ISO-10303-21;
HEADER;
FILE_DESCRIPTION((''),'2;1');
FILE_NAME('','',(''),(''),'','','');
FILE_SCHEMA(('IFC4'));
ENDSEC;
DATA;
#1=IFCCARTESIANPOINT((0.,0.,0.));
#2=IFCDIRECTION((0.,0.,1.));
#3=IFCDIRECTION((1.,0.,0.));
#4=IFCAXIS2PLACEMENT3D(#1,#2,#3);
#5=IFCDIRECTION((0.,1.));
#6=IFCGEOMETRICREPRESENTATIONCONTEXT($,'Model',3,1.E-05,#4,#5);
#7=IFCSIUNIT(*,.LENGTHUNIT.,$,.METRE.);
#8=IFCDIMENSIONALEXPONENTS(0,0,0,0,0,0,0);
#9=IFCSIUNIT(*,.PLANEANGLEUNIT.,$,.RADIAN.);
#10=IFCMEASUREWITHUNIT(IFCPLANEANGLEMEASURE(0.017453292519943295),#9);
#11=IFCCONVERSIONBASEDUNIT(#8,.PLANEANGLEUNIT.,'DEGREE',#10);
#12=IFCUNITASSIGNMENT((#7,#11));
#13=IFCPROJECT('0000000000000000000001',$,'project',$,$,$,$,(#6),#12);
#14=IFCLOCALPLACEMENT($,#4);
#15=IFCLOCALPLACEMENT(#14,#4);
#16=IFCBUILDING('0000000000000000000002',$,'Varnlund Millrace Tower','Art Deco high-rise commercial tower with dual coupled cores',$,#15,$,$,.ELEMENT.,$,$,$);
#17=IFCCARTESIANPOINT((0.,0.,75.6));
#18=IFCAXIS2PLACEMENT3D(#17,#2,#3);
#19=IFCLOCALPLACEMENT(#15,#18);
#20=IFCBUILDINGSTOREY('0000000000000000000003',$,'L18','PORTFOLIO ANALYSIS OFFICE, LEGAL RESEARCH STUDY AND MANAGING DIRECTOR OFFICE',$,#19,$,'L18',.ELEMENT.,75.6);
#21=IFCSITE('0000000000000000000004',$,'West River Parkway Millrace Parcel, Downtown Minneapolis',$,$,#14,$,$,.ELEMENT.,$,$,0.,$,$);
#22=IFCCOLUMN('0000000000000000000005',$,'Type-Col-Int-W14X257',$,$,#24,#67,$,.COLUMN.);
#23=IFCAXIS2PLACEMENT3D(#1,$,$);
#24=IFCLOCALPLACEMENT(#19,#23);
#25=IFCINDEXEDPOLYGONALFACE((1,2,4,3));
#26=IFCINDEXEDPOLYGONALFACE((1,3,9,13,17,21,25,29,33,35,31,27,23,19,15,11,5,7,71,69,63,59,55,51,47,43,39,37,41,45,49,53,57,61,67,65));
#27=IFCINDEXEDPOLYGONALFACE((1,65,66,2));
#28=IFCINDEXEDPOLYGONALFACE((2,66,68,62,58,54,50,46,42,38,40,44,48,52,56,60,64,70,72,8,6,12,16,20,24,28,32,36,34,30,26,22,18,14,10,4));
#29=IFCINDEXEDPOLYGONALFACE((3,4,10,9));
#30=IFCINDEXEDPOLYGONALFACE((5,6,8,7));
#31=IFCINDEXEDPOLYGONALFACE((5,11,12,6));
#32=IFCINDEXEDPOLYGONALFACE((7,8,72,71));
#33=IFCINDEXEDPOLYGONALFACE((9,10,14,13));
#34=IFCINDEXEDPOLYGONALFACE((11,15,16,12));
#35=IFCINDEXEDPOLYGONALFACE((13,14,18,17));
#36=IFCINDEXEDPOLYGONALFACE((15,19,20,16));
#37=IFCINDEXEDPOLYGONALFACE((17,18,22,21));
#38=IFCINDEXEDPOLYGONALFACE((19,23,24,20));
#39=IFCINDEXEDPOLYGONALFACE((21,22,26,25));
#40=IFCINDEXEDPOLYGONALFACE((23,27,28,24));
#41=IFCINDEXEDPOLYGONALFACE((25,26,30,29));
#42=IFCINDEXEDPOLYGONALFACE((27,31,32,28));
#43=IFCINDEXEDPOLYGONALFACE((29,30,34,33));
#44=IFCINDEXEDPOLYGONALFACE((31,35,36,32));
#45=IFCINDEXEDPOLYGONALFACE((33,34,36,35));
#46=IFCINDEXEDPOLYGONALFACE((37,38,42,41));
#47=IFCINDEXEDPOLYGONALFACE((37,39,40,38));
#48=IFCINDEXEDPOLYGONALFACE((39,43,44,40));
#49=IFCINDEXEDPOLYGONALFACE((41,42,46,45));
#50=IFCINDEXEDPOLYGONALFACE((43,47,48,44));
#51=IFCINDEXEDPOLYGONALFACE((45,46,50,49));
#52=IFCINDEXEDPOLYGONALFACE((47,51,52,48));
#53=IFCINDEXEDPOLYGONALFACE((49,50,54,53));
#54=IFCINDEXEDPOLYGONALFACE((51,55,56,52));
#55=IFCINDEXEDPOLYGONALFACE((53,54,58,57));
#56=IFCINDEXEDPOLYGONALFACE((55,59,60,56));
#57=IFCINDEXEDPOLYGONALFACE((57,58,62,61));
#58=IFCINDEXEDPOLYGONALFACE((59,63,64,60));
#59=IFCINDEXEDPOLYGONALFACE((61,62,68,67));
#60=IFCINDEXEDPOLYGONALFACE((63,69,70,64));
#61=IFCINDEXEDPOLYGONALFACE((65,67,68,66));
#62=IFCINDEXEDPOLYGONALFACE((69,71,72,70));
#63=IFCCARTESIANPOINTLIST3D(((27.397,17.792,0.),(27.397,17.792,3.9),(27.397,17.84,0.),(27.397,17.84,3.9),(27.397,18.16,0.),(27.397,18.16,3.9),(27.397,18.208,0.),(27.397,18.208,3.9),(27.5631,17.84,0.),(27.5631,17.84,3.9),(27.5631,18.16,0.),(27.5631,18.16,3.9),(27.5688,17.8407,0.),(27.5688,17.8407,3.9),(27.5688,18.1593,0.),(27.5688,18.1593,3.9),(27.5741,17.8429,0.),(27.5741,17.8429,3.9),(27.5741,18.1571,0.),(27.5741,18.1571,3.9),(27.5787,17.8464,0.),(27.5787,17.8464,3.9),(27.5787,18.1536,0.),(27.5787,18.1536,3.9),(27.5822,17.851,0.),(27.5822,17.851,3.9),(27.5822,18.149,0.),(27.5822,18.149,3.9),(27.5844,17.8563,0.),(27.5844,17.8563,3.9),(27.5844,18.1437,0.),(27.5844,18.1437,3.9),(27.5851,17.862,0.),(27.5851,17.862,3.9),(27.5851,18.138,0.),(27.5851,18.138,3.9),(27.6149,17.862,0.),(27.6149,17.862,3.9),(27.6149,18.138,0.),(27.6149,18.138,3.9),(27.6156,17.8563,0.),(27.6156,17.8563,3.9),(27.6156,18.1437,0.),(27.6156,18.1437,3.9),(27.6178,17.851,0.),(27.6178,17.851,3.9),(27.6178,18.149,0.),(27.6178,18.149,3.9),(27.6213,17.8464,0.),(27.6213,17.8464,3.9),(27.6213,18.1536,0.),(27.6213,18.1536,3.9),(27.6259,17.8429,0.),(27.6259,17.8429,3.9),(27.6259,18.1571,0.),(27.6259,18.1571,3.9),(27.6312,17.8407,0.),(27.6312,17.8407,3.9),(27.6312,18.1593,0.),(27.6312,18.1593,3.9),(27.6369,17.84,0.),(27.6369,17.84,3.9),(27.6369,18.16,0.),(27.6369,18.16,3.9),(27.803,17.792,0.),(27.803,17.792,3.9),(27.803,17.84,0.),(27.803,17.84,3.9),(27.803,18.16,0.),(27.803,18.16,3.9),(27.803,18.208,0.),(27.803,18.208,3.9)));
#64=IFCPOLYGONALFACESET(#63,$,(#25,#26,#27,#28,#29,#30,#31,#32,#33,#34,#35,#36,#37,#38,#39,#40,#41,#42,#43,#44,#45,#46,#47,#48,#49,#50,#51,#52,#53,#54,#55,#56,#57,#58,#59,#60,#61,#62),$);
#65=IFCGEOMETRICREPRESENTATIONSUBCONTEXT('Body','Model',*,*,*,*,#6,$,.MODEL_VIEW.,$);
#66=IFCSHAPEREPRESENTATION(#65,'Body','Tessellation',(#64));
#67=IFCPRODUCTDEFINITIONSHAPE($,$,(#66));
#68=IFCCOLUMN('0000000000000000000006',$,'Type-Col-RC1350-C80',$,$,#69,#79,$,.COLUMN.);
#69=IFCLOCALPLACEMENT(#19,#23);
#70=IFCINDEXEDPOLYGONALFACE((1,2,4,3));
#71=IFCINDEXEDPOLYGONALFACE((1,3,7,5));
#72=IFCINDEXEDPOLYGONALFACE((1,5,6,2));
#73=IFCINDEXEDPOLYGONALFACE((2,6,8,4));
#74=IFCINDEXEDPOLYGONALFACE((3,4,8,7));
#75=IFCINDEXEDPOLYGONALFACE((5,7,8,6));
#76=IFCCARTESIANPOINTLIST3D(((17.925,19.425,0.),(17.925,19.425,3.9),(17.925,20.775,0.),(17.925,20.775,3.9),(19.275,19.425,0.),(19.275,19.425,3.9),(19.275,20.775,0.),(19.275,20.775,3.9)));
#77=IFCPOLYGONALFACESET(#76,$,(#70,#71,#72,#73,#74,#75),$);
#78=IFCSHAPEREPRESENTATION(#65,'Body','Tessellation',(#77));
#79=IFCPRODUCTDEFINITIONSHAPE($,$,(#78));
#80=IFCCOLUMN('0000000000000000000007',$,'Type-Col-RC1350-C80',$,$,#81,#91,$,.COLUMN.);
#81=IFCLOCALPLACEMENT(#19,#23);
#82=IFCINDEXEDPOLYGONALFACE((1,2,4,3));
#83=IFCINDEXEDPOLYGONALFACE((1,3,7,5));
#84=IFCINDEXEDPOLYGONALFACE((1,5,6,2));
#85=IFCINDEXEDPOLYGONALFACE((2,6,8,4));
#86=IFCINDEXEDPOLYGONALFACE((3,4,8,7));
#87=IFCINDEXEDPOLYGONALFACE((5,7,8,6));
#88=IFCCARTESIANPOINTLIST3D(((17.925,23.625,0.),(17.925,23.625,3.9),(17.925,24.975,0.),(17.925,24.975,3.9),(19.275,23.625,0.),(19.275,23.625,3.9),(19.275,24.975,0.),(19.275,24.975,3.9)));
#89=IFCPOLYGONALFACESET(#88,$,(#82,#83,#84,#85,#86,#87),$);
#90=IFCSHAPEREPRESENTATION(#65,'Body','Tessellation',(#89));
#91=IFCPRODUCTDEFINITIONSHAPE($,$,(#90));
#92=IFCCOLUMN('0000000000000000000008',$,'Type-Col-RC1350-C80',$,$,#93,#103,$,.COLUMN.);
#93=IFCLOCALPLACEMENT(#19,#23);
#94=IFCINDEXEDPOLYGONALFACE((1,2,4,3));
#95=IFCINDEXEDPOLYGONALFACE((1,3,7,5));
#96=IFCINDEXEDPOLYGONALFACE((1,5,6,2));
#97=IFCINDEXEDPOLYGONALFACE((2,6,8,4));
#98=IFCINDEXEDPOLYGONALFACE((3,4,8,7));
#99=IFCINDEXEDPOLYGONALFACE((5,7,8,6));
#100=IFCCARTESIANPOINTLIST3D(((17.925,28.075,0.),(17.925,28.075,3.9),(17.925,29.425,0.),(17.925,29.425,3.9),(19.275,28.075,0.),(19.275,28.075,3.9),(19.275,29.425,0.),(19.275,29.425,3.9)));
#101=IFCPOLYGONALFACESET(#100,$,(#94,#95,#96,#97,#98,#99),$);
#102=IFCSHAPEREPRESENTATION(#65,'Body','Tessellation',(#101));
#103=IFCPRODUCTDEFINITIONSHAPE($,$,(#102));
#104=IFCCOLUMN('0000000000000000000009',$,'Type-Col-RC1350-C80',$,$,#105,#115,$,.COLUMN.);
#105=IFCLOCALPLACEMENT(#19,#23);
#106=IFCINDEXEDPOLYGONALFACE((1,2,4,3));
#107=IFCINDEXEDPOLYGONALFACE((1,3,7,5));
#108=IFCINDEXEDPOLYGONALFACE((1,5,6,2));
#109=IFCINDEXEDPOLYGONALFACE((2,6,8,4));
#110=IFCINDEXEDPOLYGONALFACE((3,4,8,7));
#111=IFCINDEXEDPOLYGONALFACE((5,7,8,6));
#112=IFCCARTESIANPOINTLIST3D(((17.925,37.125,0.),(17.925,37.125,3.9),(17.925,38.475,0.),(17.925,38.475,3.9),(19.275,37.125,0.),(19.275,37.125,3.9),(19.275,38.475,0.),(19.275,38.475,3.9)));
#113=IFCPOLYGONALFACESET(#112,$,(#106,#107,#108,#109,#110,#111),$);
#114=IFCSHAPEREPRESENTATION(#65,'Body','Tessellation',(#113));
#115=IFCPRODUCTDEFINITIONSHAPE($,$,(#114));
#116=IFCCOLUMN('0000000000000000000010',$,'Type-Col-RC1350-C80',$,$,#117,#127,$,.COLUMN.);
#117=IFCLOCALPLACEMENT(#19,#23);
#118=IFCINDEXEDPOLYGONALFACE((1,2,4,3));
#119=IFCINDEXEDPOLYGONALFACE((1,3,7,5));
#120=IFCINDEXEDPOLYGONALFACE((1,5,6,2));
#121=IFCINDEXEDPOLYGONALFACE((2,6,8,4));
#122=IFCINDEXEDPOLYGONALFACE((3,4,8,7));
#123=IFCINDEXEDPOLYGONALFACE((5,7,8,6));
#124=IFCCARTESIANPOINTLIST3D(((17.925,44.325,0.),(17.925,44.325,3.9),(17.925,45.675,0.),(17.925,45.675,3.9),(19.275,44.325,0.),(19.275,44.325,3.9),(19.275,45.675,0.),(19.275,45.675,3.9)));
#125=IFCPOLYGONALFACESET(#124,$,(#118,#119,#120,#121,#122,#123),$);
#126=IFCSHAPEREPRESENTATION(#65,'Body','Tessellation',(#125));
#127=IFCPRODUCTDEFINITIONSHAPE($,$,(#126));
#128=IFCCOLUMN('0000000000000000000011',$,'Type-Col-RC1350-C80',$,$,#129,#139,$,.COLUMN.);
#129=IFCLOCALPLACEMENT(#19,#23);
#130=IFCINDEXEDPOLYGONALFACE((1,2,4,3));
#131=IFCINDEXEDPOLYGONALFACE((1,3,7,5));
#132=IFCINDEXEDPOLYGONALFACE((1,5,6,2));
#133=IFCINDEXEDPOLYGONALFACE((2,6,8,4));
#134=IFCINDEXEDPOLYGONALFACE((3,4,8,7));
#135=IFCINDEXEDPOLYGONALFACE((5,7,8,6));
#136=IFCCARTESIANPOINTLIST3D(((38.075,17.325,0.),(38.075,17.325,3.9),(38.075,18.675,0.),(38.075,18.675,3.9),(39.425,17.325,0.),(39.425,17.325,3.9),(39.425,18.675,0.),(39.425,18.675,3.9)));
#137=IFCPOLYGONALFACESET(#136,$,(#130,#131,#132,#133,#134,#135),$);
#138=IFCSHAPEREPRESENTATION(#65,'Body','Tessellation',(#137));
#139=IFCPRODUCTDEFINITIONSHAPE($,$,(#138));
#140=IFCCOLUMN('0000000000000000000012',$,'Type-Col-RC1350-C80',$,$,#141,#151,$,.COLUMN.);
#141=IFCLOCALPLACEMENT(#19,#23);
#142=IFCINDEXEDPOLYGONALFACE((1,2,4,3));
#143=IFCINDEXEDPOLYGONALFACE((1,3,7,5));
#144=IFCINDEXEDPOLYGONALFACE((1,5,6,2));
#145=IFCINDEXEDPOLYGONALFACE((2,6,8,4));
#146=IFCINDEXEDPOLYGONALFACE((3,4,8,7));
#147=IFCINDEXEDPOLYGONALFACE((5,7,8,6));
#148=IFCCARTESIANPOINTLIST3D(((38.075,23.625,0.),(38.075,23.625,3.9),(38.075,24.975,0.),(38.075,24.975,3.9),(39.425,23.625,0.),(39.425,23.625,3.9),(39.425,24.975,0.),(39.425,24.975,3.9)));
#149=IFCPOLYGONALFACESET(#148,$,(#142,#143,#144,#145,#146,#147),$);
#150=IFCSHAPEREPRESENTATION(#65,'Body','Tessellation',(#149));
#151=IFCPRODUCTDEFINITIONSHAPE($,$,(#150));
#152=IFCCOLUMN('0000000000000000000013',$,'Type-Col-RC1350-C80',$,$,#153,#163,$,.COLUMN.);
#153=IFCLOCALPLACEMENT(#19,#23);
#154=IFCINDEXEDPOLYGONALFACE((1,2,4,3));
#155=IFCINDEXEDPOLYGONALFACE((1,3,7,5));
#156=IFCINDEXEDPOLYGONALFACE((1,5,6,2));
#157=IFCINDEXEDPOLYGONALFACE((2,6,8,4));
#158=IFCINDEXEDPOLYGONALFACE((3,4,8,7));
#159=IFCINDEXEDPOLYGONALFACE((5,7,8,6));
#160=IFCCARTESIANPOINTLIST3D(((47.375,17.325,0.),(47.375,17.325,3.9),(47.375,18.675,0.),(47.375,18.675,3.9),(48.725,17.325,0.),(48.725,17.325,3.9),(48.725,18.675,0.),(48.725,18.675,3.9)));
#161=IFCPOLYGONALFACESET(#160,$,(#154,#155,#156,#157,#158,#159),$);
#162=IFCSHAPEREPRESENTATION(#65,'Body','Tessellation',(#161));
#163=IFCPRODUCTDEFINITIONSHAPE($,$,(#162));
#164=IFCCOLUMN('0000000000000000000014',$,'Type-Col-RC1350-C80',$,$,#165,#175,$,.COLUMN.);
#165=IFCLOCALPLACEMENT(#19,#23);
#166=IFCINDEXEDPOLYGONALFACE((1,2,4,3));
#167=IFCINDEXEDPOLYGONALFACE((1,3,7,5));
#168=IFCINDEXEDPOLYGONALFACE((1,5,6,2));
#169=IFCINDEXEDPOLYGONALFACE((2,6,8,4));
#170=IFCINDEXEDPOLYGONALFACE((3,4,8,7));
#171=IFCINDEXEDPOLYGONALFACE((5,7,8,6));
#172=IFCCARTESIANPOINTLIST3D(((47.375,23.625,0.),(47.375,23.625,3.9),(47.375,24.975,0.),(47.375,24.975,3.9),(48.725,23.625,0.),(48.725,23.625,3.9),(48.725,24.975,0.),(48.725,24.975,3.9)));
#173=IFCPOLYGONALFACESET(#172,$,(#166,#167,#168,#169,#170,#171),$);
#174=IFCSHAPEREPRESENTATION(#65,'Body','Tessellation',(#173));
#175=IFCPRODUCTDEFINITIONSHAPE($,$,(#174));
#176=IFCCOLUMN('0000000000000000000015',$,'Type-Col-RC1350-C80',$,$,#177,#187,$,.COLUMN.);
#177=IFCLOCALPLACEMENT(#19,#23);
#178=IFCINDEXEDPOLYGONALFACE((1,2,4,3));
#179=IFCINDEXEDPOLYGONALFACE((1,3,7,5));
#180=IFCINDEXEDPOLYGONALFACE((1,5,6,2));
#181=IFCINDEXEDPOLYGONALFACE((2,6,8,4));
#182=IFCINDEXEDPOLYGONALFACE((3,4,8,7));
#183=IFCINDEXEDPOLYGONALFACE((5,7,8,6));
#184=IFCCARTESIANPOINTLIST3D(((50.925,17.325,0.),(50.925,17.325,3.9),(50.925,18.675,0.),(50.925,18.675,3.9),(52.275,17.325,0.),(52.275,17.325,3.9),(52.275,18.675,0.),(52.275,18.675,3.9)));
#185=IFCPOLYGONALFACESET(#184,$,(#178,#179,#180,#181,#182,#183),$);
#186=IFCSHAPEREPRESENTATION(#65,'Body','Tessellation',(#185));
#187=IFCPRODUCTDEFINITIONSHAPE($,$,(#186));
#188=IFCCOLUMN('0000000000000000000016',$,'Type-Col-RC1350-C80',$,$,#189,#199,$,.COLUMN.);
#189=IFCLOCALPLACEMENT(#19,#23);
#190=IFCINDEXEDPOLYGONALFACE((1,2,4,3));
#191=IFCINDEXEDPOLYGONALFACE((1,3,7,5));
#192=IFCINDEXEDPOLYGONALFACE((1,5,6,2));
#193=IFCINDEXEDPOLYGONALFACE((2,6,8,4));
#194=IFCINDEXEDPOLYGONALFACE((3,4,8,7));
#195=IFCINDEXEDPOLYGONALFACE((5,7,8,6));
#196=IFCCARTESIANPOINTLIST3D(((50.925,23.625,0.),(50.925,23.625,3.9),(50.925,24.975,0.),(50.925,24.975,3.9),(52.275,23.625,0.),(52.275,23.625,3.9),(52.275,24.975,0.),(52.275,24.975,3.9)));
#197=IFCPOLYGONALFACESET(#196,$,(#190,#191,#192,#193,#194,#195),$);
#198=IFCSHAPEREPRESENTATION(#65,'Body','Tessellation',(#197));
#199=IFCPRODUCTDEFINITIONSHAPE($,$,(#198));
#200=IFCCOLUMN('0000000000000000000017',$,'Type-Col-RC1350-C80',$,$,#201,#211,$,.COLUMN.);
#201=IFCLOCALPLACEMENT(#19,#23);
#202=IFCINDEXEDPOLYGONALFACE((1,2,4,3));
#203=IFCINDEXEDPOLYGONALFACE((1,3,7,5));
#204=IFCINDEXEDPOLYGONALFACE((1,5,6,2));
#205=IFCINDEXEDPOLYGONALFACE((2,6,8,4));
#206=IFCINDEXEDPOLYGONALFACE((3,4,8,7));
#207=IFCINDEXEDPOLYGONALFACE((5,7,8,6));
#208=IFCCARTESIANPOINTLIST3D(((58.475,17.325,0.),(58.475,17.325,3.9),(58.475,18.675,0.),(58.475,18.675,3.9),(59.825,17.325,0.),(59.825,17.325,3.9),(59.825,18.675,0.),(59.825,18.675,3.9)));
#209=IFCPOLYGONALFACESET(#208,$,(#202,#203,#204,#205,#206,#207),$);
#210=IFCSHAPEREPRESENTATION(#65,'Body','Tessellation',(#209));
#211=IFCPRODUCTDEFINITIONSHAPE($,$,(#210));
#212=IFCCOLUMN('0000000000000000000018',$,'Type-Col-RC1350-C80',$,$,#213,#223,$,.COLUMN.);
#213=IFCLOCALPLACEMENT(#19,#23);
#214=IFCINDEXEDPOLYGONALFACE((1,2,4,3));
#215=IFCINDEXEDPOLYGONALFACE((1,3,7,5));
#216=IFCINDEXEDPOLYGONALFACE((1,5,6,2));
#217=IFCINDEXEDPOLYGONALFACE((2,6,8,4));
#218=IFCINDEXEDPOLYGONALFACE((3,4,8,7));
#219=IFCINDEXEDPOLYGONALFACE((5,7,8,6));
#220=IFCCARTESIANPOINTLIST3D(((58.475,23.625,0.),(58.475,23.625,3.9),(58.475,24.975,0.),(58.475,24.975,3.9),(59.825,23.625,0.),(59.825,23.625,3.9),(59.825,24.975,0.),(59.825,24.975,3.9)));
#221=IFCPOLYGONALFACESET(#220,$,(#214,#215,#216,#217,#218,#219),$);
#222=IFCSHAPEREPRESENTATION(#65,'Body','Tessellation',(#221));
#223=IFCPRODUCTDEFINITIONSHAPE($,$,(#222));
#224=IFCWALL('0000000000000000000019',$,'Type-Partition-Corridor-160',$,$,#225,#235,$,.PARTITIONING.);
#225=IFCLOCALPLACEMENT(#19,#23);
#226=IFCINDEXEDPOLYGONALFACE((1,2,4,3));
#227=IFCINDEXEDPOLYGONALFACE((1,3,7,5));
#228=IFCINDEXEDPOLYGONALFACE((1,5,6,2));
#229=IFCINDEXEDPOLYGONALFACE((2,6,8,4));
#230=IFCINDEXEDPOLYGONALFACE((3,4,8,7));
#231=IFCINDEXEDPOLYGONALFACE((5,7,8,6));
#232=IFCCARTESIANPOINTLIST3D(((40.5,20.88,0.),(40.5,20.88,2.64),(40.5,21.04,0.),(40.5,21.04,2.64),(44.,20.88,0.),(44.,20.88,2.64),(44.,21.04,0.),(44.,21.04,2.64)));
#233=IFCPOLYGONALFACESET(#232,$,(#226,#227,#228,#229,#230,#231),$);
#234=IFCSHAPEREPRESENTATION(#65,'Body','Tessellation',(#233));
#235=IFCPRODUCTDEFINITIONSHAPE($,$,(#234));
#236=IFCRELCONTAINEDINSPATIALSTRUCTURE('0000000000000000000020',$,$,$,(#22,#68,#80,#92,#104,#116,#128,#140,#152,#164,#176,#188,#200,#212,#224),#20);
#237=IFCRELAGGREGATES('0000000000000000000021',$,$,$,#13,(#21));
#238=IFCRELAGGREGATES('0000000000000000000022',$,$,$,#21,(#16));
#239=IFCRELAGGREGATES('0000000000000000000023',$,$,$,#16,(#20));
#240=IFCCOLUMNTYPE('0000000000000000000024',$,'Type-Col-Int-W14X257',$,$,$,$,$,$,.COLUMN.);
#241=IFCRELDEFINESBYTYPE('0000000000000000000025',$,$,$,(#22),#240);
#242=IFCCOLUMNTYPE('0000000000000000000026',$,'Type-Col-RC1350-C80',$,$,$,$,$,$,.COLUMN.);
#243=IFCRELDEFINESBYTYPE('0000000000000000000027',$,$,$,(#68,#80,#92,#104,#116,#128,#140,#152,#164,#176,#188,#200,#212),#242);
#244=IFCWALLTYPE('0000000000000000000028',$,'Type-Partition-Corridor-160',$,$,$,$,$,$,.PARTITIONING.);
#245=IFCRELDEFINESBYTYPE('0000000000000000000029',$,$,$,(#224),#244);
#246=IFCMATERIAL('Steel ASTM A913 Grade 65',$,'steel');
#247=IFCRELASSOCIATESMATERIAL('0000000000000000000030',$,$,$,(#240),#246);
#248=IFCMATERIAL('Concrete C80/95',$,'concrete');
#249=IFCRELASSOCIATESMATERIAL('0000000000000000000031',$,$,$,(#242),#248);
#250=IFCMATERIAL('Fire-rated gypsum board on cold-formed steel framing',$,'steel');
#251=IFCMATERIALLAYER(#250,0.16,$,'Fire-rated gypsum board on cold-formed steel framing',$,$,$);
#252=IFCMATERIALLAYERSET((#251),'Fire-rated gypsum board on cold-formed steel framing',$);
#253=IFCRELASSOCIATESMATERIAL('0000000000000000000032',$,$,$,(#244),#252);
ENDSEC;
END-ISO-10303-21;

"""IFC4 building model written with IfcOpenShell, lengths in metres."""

from ifc_helpers import new_model, entity, si_unit, converted_unit, direction, frame, origin_with_axes, origin_2d_with_axis, place, context, subcontext, project, spatial, polyline, rectangle, i_section, outline, extrude, material, layer, layer_set, material_profile, profile_set, type_object, element, save


model = new_model("IFC4")

# Units and contexts
model_context = context("Model", 3, precision=1e-05, world=origin_with_axes(), true_north=direction((0.0, 1.0)))
body_context = subcontext(model_context, "Body", "Model", "MODEL_VIEW")
ifc_project = project(units=[si_unit("LENGTHUNIT", "METRE"), converted_unit("PLANEANGLEUNIT", "DEGREE", entity("IfcPlaneAngleMeasure", 0.017453292519943295), si_unit("PLANEANGLEUNIT", "RADIAN"), dimensions=[0, 0, 0, 0, 0, 0, 0])], contexts=[model_context])

# Site, building, storey
site_placement = place(None, origin_with_axes())
site = spatial("IfcSite", under=ifc_project, at=site_placement, Name="West River Parkway Millrace Parcel, Downtown Minneapolis", CompositionType="ELEMENT", RefElevation=0.0)
building_placement = place(site_placement, origin_with_axes())
building = spatial("IfcBuilding", under=site, at=building_placement, Name="Varnlund Millrace Tower", Description="Art Deco high-rise commercial tower with dual coupled cores", CompositionType="ELEMENT")
storey_placement = place(building_placement, frame((0.0, 0.0, 75.6), z_axis=(0.0, 0.0, 1.0), x_axis=(1.0, 0.0, 0.0)))
storey = spatial("IfcBuildingStorey", under=building, at=storey_placement, Name="L18", Description="PORTFOLIO ANALYSIS OFFICE, LEGAL RESEARCH STUDY AND MANAGING DIRECTOR OFFICE", LongName="L18", CompositionType="ELEMENT", Elevation=75.6)

# Columns
ifc_material_1 = material(Name="Steel ASTM A913 Grade 65", Category="steel")
ifc_material_profile_1 = material_profile(ifc_material_1, i_section(OverallWidth=0.406, OverallDepth=0.416, WebThickness=0.0298, FlangeThickness=0.048, FilletRadius=0.022, at=origin_2d_with_axis()), Name="Steel ASTM A913 Grade 65")
ifc_profile_set_1 = profile_set([ifc_material_profile_1], Name="Steel ASTM A913 Grade 65")
column_type_1 = type_object("IfcColumnType", Name="Type-Col-Int-W14X257", PredefinedType="COLUMN", material=ifc_profile_set_1)
column_placement = place(storey_placement, frame((27.6, 18.0, 0.0), z_axis=(0.0, 0.0, 1.0), x_axis=(1.0, 0.0, 0.0)))
element("IfcColumn", 1, at=column_placement, inside=storey, type_object=column_type_1, Name="Type-Col-Int-W14X257", PredefinedType="COLUMN", context=body_context, shape_type="SweptSolid", body=[
    extrude(i_section(OverallWidth=0.406, OverallDepth=0.416, WebThickness=0.0298, FlangeThickness=0.048, FilletRadius=0.022, at=origin_2d_with_axis()), origin_with_axes(), (0.0, 0.0, 1.0), 3.9),
])
ifc_material_2 = material(Name="Concrete C80/95", Category="concrete")
ifc_material_profile_2 = material_profile(ifc_material_2, rectangle(XDim=1.35, YDim=1.35, at=origin_2d_with_axis()), Name="Concrete C80/95")
ifc_profile_set_2 = profile_set([ifc_material_profile_2], Name="Concrete C80/95")
column_type_2 = type_object("IfcColumnType", Name="Type-Col-RC1350-C80", PredefinedType="COLUMN", material=ifc_profile_set_2)
for number, where, z_axis, x_axis, name in (
    (2, (18.6, 20.1, 0.0), (0.0, 0.0, 1.0), (1.0, 0.0, 0.0), "Type-Col-RC1350-C80"),
    (3, (18.6, 24.3, 0.0), (0.0, 0.0, 1.0), (1.0, 0.0, 0.0), "Type-Col-RC1350-C80"),
    (4, (18.6, 28.75, 0.0), (0.0, 0.0, 1.0), (1.0, 0.0, 0.0), "Type-Col-RC1350-C80"),
    (5, (18.6, 37.8, 0.0), (0.0, 0.0, 1.0), (1.0, 0.0, 0.0), "Type-Col-RC1350-C80"),
    (6, (18.6, 45.0, 0.0), (0.0, 0.0, 1.0), (1.0, 0.0, 0.0), "Type-Col-RC1350-C80"),
    (7, (38.75, 18.0, 0.0), (0.0, 0.0, 1.0), (1.0, 0.0, 0.0), "Type-Col-RC1350-C80"),
    (8, (38.75, 24.3, 0.0), (0.0, 0.0, 1.0), (1.0, 0.0, 0.0), "Type-Col-RC1350-C80"),
    (9, (48.05, 18.0, 0.0), (0.0, 0.0, 1.0), (1.0, 0.0, 0.0), "Type-Col-RC1350-C80"),
    (10, (48.05, 24.3, 0.0), (0.0, 0.0, 1.0), (1.0, 0.0, 0.0), "Type-Col-RC1350-C80"),
    (11, (51.6, 18.0, 0.0), (0.0, 0.0, 1.0), (1.0, 0.0, 0.0), "Type-Col-RC1350-C80"),
    (12, (51.6, 24.3, 0.0), (0.0, 0.0, 1.0), (1.0, 0.0, 0.0), "Type-Col-RC1350-C80"),
    (13, (59.15, 18.0, 0.0), (0.0, 0.0, 1.0), (1.0, 0.0, 0.0), "Type-Col-RC1350-C80"),
    (14, (59.15, 24.3, 0.0), (0.0, 0.0, 1.0), (1.0, 0.0, 0.0), "Type-Col-RC1350-C80"),
):
    element("IfcColumn", number, at=place(storey_placement, frame(where, z_axis=z_axis, x_axis=x_axis)), inside=storey, type_object=column_type_2, Name=name, PredefinedType="COLUMN", context=body_context, shape_type="SweptSolid", body=[
        extrude(rectangle(XDim=1.35, YDim=1.35, at=origin_2d_with_axis()), origin_with_axes(), (0.0, 0.0, 1.0), 3.9),
    ])

# Wall
ifc_material_3 = material(Name="Fire-rated gypsum board on cold-formed steel framing", Category="steel")
ifc_layer = layer(ifc_material_3, 0.16, Name="Fire-rated gypsum board on cold-formed steel framing")
ifc_layer_set = layer_set([ifc_layer], Name="Fire-rated gypsum board on cold-formed steel framing")
wall_type = type_object("IfcWallType", Name="Type-Partition-Corridor-160", PredefinedType="PARTITIONING", material=ifc_layer_set)
wall_1_placement = place(storey_placement, frame((40.5, 20.96, 0.0), z_axis=(0.0, 0.0, 1.0), x_axis=(1.0, 0.0, 0.0)))
element("IfcWall", 15, at=wall_1_placement, inside=storey, type_object=wall_type, Name="Type-Partition-Corridor-160", PredefinedType="PARTITIONING", context=body_context, shape_type="SweptSolid", body=[
    extrude(outline(polyline([(0.0, -0.08), (3.5, -0.08), (3.5, 0.08), (0.0, 0.08), (0.0, -0.08)])), origin_with_axes(), (0.0, 0.0, 1.0), 2.64),
])

save(model, "model.ifc")
